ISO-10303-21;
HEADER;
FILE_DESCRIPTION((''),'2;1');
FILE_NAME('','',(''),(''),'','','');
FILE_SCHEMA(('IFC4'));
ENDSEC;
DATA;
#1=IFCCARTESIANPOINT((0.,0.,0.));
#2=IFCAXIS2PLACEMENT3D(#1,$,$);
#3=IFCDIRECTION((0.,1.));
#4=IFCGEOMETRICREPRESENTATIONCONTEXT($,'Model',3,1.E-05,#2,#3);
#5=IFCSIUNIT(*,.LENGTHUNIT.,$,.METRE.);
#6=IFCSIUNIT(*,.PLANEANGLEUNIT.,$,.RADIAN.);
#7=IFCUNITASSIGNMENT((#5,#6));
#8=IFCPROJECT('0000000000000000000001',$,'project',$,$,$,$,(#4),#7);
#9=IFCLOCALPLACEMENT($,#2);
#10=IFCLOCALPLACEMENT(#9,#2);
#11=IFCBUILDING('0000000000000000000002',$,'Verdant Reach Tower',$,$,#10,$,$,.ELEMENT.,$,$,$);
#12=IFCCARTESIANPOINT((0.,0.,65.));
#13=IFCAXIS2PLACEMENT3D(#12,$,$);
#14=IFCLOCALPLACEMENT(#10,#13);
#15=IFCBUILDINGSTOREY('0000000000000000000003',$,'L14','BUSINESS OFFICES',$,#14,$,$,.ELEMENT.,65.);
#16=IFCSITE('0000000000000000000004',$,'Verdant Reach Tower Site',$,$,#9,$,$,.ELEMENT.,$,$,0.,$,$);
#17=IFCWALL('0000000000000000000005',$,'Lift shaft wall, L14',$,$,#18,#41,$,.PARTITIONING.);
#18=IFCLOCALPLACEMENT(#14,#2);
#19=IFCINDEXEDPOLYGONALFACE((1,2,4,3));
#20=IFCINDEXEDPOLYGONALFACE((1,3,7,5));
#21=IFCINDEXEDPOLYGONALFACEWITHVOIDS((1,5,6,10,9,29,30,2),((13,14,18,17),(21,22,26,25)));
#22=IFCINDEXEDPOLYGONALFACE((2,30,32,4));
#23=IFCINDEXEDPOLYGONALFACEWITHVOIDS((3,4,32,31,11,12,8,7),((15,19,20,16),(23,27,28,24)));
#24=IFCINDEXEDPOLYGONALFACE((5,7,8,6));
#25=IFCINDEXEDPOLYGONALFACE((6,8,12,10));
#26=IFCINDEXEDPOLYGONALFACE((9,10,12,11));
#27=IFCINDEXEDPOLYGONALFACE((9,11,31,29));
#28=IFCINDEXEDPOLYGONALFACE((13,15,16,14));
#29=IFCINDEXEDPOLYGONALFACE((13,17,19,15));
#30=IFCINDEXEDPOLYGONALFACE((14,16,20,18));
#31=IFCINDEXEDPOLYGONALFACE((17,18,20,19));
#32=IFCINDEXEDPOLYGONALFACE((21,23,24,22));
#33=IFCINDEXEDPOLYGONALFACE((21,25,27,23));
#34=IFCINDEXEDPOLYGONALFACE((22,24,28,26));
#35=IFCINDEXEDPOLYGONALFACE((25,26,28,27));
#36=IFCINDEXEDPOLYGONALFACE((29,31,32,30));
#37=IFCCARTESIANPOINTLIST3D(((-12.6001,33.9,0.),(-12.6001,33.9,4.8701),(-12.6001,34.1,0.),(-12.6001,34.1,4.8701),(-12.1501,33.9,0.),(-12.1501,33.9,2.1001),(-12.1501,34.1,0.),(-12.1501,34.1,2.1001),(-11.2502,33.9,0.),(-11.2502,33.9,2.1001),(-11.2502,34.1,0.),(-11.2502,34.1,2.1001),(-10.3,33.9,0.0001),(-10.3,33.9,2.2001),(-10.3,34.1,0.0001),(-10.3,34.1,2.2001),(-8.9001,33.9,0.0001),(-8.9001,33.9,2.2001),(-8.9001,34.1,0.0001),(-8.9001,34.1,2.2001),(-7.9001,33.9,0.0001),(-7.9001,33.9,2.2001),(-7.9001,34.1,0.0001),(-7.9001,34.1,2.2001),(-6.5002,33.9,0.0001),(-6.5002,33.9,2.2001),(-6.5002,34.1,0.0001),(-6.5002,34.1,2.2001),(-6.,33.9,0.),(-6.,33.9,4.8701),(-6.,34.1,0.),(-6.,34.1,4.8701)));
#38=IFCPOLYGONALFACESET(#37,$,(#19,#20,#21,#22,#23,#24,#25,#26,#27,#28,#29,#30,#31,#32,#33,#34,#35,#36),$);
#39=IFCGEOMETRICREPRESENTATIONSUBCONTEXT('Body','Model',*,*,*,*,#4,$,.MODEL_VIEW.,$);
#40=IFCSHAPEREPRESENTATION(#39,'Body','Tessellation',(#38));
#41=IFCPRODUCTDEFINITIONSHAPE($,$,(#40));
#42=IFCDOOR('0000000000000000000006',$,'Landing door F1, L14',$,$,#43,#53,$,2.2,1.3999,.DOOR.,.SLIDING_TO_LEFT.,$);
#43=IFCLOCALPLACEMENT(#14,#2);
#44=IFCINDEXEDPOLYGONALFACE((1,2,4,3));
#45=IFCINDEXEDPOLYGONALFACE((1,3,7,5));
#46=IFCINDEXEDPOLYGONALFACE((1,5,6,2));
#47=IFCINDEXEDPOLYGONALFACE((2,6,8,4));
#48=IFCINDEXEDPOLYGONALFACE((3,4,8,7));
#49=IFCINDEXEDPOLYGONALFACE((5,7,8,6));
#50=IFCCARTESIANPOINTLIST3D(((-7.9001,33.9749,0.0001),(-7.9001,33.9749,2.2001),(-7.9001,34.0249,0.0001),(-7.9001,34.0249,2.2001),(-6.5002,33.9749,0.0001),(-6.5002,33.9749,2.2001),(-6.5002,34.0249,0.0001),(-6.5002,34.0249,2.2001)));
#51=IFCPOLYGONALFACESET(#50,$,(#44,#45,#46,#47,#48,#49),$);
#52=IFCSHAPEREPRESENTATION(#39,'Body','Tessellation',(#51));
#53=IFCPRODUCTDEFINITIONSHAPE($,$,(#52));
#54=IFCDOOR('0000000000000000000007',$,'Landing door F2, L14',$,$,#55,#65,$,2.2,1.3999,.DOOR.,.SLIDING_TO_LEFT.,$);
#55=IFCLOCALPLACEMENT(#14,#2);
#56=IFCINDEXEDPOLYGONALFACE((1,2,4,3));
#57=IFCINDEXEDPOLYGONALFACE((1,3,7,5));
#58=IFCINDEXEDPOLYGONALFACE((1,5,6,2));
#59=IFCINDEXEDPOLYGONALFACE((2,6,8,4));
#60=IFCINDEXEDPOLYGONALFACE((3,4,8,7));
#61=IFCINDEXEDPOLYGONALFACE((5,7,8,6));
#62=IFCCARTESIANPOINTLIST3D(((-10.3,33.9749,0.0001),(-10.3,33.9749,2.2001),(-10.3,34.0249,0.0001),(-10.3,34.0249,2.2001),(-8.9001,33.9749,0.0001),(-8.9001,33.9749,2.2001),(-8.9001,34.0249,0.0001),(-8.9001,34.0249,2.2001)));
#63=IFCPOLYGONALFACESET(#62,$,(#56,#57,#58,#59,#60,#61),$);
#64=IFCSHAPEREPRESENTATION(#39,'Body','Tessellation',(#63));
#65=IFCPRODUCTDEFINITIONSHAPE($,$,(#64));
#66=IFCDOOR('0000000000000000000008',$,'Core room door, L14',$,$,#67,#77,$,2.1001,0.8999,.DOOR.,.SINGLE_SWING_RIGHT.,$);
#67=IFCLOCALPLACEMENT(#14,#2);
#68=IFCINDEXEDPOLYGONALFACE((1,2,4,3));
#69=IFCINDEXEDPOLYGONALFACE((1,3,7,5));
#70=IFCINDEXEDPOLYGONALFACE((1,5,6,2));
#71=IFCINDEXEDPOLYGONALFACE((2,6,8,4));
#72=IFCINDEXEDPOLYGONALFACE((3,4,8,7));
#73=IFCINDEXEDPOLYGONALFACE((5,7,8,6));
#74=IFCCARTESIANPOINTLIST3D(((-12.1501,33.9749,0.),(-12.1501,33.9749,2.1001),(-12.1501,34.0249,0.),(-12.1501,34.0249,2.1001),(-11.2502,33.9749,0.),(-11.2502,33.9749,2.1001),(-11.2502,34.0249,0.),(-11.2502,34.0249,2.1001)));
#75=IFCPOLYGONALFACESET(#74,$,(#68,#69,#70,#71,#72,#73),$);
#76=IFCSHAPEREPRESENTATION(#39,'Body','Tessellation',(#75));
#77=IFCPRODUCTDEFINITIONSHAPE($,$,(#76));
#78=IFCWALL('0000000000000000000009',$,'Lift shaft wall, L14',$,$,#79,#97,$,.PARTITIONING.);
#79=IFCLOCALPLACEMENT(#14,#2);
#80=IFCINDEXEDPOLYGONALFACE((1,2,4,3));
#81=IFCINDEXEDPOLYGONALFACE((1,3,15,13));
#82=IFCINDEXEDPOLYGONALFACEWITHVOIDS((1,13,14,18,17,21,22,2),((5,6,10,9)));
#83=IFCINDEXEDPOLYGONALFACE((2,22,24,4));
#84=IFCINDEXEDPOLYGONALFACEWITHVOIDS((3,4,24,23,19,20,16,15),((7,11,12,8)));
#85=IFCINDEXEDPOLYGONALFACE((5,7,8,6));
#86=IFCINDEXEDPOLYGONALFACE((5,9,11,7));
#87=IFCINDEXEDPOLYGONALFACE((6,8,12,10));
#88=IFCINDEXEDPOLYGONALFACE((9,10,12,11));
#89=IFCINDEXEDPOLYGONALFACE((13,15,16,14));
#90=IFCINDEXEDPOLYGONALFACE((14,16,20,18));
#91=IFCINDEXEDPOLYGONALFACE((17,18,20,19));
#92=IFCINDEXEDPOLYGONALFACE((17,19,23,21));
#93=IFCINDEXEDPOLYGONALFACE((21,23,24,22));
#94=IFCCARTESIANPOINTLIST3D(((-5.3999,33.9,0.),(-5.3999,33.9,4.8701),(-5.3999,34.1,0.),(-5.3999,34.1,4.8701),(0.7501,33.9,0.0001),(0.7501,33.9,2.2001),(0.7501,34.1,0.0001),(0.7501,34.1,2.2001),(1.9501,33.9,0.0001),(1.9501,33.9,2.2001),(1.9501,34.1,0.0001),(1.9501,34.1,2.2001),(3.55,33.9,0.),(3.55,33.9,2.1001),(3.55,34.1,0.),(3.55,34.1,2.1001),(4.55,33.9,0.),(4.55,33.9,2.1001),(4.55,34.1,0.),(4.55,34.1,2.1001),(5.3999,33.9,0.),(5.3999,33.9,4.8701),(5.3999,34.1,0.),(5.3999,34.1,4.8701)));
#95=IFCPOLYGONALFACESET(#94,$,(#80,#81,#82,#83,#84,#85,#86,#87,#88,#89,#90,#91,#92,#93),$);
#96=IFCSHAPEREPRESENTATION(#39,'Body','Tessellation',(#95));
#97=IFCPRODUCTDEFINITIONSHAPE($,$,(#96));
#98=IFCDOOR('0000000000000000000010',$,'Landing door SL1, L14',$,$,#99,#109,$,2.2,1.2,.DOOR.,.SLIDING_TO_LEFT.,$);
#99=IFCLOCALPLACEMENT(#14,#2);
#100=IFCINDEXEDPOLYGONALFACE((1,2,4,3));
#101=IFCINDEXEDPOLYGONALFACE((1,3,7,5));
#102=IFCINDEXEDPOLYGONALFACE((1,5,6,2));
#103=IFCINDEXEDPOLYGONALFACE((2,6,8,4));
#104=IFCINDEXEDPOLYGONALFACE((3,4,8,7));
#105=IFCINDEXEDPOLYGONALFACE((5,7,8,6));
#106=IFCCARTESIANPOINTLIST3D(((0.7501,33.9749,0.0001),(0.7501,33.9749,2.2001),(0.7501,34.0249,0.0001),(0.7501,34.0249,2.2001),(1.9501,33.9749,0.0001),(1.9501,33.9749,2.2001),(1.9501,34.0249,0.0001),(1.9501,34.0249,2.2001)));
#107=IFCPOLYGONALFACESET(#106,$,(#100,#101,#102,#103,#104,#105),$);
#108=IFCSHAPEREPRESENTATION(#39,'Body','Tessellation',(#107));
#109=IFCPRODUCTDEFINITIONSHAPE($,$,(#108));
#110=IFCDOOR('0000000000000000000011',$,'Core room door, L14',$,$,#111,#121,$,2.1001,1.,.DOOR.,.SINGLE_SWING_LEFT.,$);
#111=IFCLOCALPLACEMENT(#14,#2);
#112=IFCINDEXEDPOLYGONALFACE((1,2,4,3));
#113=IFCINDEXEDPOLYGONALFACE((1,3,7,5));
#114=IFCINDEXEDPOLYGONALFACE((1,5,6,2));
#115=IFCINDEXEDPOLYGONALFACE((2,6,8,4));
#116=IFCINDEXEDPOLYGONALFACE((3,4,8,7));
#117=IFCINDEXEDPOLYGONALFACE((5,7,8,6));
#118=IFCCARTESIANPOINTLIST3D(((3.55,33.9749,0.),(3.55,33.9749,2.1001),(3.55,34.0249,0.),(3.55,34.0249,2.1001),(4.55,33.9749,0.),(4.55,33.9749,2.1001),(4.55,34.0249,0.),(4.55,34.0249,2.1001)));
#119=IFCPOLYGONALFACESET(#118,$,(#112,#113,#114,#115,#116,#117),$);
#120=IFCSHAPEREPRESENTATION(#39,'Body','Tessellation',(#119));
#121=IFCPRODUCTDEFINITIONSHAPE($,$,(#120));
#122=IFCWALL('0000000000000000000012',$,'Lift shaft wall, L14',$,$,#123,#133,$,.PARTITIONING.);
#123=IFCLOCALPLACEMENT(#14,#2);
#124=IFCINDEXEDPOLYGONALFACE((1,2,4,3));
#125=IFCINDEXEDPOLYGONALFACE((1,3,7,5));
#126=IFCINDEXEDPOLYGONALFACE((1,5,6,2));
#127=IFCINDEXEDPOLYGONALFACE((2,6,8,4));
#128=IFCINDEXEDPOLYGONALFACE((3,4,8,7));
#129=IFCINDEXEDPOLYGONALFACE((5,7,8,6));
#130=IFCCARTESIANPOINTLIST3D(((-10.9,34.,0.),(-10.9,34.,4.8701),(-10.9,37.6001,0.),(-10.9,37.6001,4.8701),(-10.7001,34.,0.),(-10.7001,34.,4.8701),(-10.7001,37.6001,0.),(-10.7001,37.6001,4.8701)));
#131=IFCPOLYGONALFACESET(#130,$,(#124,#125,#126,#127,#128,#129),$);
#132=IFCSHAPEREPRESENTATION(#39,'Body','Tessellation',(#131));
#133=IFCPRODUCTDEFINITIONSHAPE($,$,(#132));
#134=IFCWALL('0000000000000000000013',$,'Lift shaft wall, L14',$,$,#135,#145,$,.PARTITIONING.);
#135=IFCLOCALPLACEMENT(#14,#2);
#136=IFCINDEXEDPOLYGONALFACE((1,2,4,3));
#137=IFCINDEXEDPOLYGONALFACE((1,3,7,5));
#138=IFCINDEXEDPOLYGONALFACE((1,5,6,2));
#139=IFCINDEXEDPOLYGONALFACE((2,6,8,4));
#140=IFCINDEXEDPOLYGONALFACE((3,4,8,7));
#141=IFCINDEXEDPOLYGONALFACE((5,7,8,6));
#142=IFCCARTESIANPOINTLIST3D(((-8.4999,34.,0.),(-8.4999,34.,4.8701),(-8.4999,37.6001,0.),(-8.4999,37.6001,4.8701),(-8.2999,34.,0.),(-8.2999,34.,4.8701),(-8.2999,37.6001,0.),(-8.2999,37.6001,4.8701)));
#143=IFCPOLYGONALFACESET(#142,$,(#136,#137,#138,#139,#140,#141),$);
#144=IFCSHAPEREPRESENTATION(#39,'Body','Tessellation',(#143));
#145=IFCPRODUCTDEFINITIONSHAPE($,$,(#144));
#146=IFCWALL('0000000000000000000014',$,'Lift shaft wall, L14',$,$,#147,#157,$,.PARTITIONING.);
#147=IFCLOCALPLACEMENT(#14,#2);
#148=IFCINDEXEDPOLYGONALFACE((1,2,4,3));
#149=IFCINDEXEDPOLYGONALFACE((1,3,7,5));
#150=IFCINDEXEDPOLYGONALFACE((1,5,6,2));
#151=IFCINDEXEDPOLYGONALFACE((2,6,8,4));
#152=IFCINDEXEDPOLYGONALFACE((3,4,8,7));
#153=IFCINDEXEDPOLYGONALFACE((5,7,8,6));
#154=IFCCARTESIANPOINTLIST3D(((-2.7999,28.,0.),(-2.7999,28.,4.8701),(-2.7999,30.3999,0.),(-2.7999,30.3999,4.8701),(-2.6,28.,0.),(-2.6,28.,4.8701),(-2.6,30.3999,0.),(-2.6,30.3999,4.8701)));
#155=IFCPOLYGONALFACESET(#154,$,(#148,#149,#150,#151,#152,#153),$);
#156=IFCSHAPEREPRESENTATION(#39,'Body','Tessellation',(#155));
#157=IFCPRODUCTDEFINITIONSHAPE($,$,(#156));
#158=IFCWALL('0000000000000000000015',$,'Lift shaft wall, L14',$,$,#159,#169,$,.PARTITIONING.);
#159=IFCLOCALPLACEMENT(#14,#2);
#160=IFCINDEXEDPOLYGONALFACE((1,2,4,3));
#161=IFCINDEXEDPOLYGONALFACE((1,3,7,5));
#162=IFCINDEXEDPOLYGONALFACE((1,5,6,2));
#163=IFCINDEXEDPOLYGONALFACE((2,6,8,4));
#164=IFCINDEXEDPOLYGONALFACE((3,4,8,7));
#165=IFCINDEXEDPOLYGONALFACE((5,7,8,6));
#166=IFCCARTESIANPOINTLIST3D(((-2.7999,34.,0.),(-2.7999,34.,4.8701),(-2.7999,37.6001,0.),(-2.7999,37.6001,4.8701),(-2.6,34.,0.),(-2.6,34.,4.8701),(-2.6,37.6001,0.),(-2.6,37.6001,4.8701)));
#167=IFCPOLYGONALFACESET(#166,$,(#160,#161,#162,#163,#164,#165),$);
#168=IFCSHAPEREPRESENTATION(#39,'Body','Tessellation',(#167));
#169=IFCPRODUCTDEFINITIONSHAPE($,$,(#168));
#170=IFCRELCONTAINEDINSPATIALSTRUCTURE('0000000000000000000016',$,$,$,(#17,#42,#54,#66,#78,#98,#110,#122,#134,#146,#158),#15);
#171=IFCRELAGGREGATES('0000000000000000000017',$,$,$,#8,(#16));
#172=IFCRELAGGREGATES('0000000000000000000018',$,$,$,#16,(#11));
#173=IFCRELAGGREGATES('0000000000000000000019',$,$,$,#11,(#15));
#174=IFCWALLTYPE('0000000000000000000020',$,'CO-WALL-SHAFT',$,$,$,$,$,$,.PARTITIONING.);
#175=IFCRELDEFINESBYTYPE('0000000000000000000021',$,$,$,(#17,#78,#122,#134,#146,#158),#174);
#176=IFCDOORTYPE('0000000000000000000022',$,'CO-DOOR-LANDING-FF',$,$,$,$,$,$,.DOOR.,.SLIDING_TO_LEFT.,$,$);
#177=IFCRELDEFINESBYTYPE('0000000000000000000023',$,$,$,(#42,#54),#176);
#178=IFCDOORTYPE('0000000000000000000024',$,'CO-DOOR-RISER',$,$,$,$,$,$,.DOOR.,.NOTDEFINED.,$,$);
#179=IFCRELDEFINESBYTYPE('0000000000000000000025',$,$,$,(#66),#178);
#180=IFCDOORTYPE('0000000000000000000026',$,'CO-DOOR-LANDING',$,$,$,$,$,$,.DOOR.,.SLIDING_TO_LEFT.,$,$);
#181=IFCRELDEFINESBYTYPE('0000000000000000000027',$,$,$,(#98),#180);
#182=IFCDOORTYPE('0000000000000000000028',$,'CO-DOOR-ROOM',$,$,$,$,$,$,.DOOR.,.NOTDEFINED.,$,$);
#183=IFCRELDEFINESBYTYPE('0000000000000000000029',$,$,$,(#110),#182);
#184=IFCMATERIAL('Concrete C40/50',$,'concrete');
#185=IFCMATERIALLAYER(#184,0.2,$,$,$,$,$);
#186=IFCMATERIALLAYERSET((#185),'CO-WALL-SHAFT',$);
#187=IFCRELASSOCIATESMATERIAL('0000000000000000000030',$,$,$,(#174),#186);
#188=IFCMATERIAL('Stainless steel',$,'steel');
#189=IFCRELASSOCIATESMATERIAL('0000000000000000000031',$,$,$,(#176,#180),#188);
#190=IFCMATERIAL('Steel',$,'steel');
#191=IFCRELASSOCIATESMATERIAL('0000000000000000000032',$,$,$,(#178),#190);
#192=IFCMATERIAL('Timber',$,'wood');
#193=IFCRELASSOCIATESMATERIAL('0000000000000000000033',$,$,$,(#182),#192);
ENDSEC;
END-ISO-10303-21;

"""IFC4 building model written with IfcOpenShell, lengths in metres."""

from ifc_helpers import new_model, si_unit, direction, frame, frame_2d, origin, place, context, subcontext, project, spatial, rectangle, extrude, material, layer, layer_set, type_object, element, fill, save


model = new_model("IFC4")

# Units and contexts
model_context = context("Model", 3, precision=1e-05, world=origin(), true_north=direction((0.0, 1.0)))
body_context = subcontext(model_context, "Body", "Model", "MODEL_VIEW")
ifc_project = project(units=[si_unit("LENGTHUNIT", "METRE"), si_unit("PLANEANGLEUNIT", "RADIAN")], contexts=[model_context])

# Site, building, storey
site_placement = place(None, origin())
site = spatial("IfcSite", under=ifc_project, at=site_placement, Name="Verdant Reach Tower Site", CompositionType="ELEMENT", RefElevation=0.0)
building_placement = place(site_placement, origin())
building = spatial("IfcBuilding", under=site, at=building_placement, Name="Verdant Reach Tower", CompositionType="ELEMENT")
storey_placement = place(building_placement, frame((0.0, 0.0, 65.0)))
storey = spatial("IfcBuildingStorey", under=building, at=storey_placement, Name="L14", Description="BUSINESS OFFICES", CompositionType="ELEMENT", Elevation=65.0)

# Shared definitions
ifc_material_1 = material(Name="Concrete C40/50", Category="concrete")
ifc_layer_1 = layer(ifc_material_1, 0.2)
ifc_layer_set_1 = layer_set([ifc_layer_1], Name="CO-WALL-SHAFT")
wall_type_1 = type_object("IfcWallType", Name="CO-WALL-SHAFT", PredefinedType="PARTITIONING", material=ifc_layer_set_1)

# Walls, openings, doors
wall_1_placement = place(storey_placement, frame((-12.6001, 34.0, 0.0), z_axis=(0.0, 0.0, 1.0), x_axis=(1.0, 0.0, 0.0)))
wall_1 = element("IfcWall", 1, at=wall_1_placement, inside=storey, type_object=wall_type_1, Name="Lift shaft wall, L14", PredefinedType="PARTITIONING", context=body_context, shape_type="SweptSolid", body=[
    extrude(rectangle(XDim=6.6001, YDim=0.2, at=frame_2d((3.3, 0.0))), origin(), (0.0, 0.0, 1.0), 4.8701),
])
opening_1_placement = place(wall_1_placement, frame((4.7, 0.0, 0.0)))
opening_1 = element("IfcOpeningElement", 2, at=opening_1_placement, cuts=wall_1, PredefinedType="OPENING", context=body_context, shape_type="SweptSolid", body=[
    extrude(rectangle(XDim=1.3999, YDim=2.2, at=frame_2d((0.7, 1.1001))), frame((0.0, 0.1099, 0.0), z_axis=(0.0, -1.0, 0.0), x_axis=(1.0, 0.0, 0.0)), (0.0, 0.0, 1.0), 0.22),
])
opening_2_placement = place(wall_1_placement, frame((2.3, 0.0, 0.0)))
opening_2 = element("IfcOpeningElement", 3, at=opening_2_placement, cuts=wall_1, PredefinedType="OPENING", context=body_context, shape_type="SweptSolid", body=[
    extrude(rectangle(XDim=1.3999, YDim=2.2, at=frame_2d((0.7, 1.1001))), frame((0.0, 0.1099, 0.0), z_axis=(0.0, -1.0, 0.0), x_axis=(1.0, 0.0, 0.0)), (0.0, 0.0, 1.0), 0.22),
])
opening_3_placement = place(wall_1_placement, frame((0.45, 0.0, 0.0)))
opening_3 = element("IfcOpeningElement", 4, at=opening_3_placement, cuts=wall_1, PredefinedType="OPENING", context=body_context, shape_type="SweptSolid", body=[
    extrude(rectangle(XDim=0.8999, YDim=2.1001, at=frame_2d((0.45, 1.05))), frame((0.0, 0.1099, 0.0), z_axis=(0.0, -1.0, 0.0), x_axis=(1.0, 0.0, 0.0)), (0.0, 0.0, 1.0), 0.22),
])
ifc_material_2 = material(Name="Stainless steel", Category="steel")
door_type_1 = type_object("IfcDoorType", Name="CO-DOOR-LANDING-FF", OperationType="SLIDING_TO_LEFT", PredefinedType="DOOR", material=ifc_material_2)
door_1_placement = place(opening_1_placement, origin())
door_1 = element("IfcDoor", 5, at=door_1_placement, inside=storey, type_object=door_type_1, Name="Landing door F1, L14", OperationType="SLIDING_TO_LEFT", OverallHeight=2.2, OverallWidth=1.3999, PredefinedType="DOOR", context=body_context, shape_type="SweptSolid", body=[
    extrude(rectangle(XDim=1.3999, YDim=2.2, at=frame_2d((0.7, 1.1001))), frame((0.0, 0.0249, 0.0), z_axis=(0.0, -1.0, 0.0), x_axis=(1.0, 0.0, 0.0)), (0.0, 0.0, 1.0), 0.05),
])
fill(opening_1, door_1)
door_2_placement = place(opening_2_placement, origin())
door_2 = element("IfcDoor", 6, at=door_2_placement, inside=storey, type_object=door_type_1, Name="Landing door F2, L14", OperationType="SLIDING_TO_LEFT", OverallHeight=2.2, OverallWidth=1.3999, PredefinedType="DOOR", context=body_context, shape_type="SweptSolid", body=[
    extrude(rectangle(XDim=1.3999, YDim=2.2, at=frame_2d((0.7, 1.1001))), frame((0.0, 0.0249, 0.0), z_axis=(0.0, -1.0, 0.0), x_axis=(1.0, 0.0, 0.0)), (0.0, 0.0, 1.0), 0.05),
])
fill(opening_2, door_2)
ifc_material_3 = material(Name="Steel", Category="steel")
door_type_2 = type_object("IfcDoorType", Name="CO-DOOR-RISER", OperationType="NOTDEFINED", PredefinedType="DOOR", material=ifc_material_3)
door_3_placement = place(opening_3_placement, origin())
door_3 = element("IfcDoor", 7, at=door_3_placement, inside=storey, type_object=door_type_2, Name="Core room door, L14", OperationType="SINGLE_SWING_RIGHT", OverallHeight=2.1001, OverallWidth=0.8999, PredefinedType="DOOR", context=body_context, shape_type="SweptSolid", body=[
    extrude(rectangle(XDim=0.8999, YDim=2.1001, at=frame_2d((0.45, 1.05))), frame((0.0, 0.0249, 0.0), z_axis=(0.0, -1.0, 0.0), x_axis=(1.0, 0.0, 0.0)), (0.0, 0.0, 1.0), 0.05),
])
fill(opening_3, door_3)
wall_2_placement = place(storey_placement, frame((-5.3999, 34.0, 0.0), z_axis=(0.0, 0.0, 1.0), x_axis=(1.0, 0.0, 0.0)))
wall_2 = element("IfcWall", 8, at=wall_2_placement, inside=storey, type_object=wall_type_1, Name="Lift shaft wall, L14", PredefinedType="PARTITIONING", context=body_context, shape_type="SweptSolid", body=[
    extrude(rectangle(XDim=10.7998, YDim=0.2, at=frame_2d((5.3999, 0.0))), origin(), (0.0, 0.0, 1.0), 4.8701),
])
opening_4_placement = place(wall_2_placement, frame((6.1499, 0.0, 0.0)))
opening_4 = element("IfcOpeningElement", 9, at=opening_4_placement, cuts=wall_2, PredefinedType="OPENING", context=body_context, shape_type="SweptSolid", body=[
    extrude(rectangle(XDim=1.2, YDim=2.2, at=frame_2d((0.6001, 1.1001))), frame((0.0, 0.1099, 0.0), z_axis=(0.0, -1.0, 0.0), x_axis=(1.0, 0.0, 0.0)), (0.0, 0.0, 1.0), 0.22),
])
opening_5_placement = place(wall_2_placement, frame((8.95, 0.0, 0.0)))
opening_5 = element("IfcOpeningElement", 10, at=opening_5_placement, cuts=wall_2, PredefinedType="OPENING", context=body_context, shape_type="SweptSolid", body=[
    extrude(rectangle(XDim=1.0, YDim=2.1001, at=frame_2d((0.5, 1.05))), frame((0.0, 0.1099, 0.0), z_axis=(0.0, -1.0, 0.0), x_axis=(1.0, 0.0, 0.0)), (0.0, 0.0, 1.0), 0.22),
])
door_type_3 = type_object("IfcDoorType", Name="CO-DOOR-LANDING", OperationType="SLIDING_TO_LEFT", PredefinedType="DOOR", material=ifc_material_2)
door_4_placement = place(opening_4_placement, origin())
door_4 = element("IfcDoor", 11, at=door_4_placement, inside=storey, type_object=door_type_3, Name="Landing door SL1, L14", OperationType="SLIDING_TO_LEFT", OverallHeight=2.2, OverallWidth=1.2, PredefinedType="DOOR", context=body_context, shape_type="SweptSolid", body=[
    extrude(rectangle(XDim=1.2, YDim=2.2, at=frame_2d((0.6001, 1.1001))), frame((0.0, 0.0249, 0.0), z_axis=(0.0, -1.0, 0.0), x_axis=(1.0, 0.0, 0.0)), (0.0, 0.0, 1.0), 0.05),
])
fill(opening_4, door_4)
ifc_material_4 = material(Name="Timber", Category="wood")
door_type_4 = type_object("IfcDoorType", Name="CO-DOOR-ROOM", OperationType="NOTDEFINED", PredefinedType="DOOR", material=ifc_material_4)
door_5_placement = place(opening_5_placement, origin())
door_5 = element("IfcDoor", 12, at=door_5_placement, inside=storey, type_object=door_type_4, Name="Core room door, L14", OperationType="SINGLE_SWING_LEFT", OverallHeight=2.1001, OverallWidth=1.0, PredefinedType="DOOR", context=body_context, shape_type="SweptSolid", body=[
    extrude(rectangle(XDim=1.0, YDim=2.1001, at=frame_2d((0.5, 1.05))), frame((0.0, 0.0249, 0.0), z_axis=(0.0, -1.0, 0.0), x_axis=(1.0, 0.0, 0.0)), (0.0, 0.0, 1.0), 0.05),
])
fill(opening_5, door_5)

# Walls
for number, where, z_axis, x_axis, name in (
    (13, (-10.8, 34.0, 0.0), (0.0, 0.0, 1.0), (0.0, 1.0, 0.0), "Lift shaft wall, L14"),
    (14, (-8.3999, 34.0, 0.0), (0.0, 0.0, 1.0), (0.0, 1.0, 0.0), "Lift shaft wall, L14"),
):
    element("IfcWall", number, at=place(storey_placement, frame(where, z_axis=z_axis, x_axis=x_axis)), inside=storey, type_object=wall_type_1, Name=name, PredefinedType="PARTITIONING", context=body_context, shape_type="SweptSolid", body=[
        extrude(rectangle(XDim=3.6001, YDim=0.2, at=frame_2d((1.8, 0.0))), origin(), (0.0, 0.0, 1.0), 4.8701),
    ])
wall_3_placement = place(storey_placement, frame((-2.7, 28.0, 0.0), z_axis=(0.0, 0.0, 1.0), x_axis=(0.0, 1.0, 0.0)))
element("IfcWall", 15, at=wall_3_placement, inside=storey, type_object=wall_type_1, Name="Lift shaft wall, L14", PredefinedType="PARTITIONING", context=body_context, shape_type="SweptSolid", body=[
    extrude(rectangle(XDim=2.3999, YDim=0.2, at=frame_2d((1.2, 0.0))), origin(), (0.0, 0.0, 1.0), 4.8701),
])
wall_4_placement = place(storey_placement, frame((-2.7, 34.0, 0.0), z_axis=(0.0, 0.0, 1.0), x_axis=(0.0, 1.0, 0.0)))
element("IfcWall", 16, at=wall_4_placement, inside=storey, type_object=wall_type_1, Name="Lift shaft wall, L14", PredefinedType="PARTITIONING", context=body_context, shape_type="SweptSolid", body=[
    extrude(rectangle(XDim=3.6001, YDim=0.2, at=frame_2d((1.8, 0.0))), origin(), (0.0, 0.0, 1.0), 4.8701),
])

save(model, "model.ifc")
